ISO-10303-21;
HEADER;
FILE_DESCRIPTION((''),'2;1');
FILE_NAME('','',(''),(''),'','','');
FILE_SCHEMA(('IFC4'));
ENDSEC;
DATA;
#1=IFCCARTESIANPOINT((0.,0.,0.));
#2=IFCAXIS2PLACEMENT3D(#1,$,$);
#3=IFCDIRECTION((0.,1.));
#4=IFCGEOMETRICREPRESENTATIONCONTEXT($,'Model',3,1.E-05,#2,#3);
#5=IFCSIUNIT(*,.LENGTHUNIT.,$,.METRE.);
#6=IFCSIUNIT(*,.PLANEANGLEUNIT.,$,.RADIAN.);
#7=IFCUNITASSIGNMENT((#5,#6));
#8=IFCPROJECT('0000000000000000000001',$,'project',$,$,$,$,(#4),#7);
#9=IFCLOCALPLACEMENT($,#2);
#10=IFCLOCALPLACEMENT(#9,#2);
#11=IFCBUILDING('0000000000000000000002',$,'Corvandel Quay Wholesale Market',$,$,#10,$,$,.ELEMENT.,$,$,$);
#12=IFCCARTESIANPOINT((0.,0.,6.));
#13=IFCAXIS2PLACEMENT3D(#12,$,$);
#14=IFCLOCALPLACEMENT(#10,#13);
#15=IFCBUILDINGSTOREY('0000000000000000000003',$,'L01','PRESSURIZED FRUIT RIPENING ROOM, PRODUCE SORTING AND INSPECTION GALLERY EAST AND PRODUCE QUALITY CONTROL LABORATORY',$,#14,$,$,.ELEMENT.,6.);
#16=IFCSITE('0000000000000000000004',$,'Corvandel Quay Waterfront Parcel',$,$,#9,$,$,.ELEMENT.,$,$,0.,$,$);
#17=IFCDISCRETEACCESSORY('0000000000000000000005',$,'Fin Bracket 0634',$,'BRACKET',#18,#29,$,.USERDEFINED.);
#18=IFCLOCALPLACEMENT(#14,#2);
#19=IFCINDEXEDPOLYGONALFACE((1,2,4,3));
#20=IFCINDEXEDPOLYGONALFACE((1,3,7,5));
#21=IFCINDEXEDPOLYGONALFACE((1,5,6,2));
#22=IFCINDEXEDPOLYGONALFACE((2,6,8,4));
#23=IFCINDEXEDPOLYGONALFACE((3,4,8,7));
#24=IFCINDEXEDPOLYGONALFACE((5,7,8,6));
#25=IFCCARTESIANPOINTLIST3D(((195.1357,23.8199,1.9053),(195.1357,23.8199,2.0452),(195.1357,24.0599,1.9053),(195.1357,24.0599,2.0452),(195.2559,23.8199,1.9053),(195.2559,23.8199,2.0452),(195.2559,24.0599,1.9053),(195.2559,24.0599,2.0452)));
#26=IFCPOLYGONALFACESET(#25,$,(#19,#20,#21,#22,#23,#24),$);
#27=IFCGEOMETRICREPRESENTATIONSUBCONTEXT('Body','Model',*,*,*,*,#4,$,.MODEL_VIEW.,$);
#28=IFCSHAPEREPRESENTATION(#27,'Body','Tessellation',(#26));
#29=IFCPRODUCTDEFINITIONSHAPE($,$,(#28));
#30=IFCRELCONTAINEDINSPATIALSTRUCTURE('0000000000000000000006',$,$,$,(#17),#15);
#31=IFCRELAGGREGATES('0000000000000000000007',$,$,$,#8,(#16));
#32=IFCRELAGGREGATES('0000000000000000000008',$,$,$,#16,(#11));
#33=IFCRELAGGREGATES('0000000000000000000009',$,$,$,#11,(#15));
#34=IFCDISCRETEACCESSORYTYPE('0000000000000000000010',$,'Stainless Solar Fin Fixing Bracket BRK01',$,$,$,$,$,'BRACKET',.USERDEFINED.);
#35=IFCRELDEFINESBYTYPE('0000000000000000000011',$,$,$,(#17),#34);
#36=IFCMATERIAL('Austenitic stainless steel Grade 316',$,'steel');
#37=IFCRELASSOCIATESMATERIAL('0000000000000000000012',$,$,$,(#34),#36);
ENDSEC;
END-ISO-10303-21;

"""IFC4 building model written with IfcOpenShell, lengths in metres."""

from ifc_helpers import new_model, si_unit, direction, frame, origin, origin_2d, place, context, subcontext, project, spatial, rectangle, extrude, material, type_object, element, save


model = new_model("IFC4")

# Units and contexts
model_context = context("Model", 3, precision=1e-05, world=origin(), true_north=direction((0.0, 1.0)))
body_context = subcontext(model_context, "Body", "Model", "MODEL_VIEW")
ifc_project = project(units=[si_unit("LENGTHUNIT", "METRE"), si_unit("PLANEANGLEUNIT", "RADIAN")], contexts=[model_context])

# Site, building, storey
site_placement = place(None, origin())
site = spatial("IfcSite", under=ifc_project, at=site_placement, Name="Corvandel Quay Waterfront Parcel", CompositionType="ELEMENT", RefElevation=0.0)
building_placement = place(site_placement, origin())
building = spatial("IfcBuilding", under=site, at=building_placement, Name="Corvandel Quay Wholesale Market", CompositionType="ELEMENT")
storey_placement = place(building_placement, frame((0.0, 0.0, 6.0)))
storey = spatial("IfcBuildingStorey", under=building, at=storey_placement, Name="L01", Description="PRESSURIZED FRUIT RIPENING ROOM, PRODUCE SORTING AND INSPECTION GALLERY EAST AND PRODUCE QUALITY CONTROL LABORATORY", CompositionType="ELEMENT", Elevation=6.0)

# Discrete accessory
ifc_material_1 = material(Name="Austenitic stainless steel Grade 316", Category="steel")
discrete_accessory_type = type_object("IfcDiscreteAccessoryType", Name="Stainless Solar Fin Fixing Bracket BRK01", ElementType="BRACKET", PredefinedType="USERDEFINED", material=ifc_material_1)
for number, where, z_axis, x_axis, name in (
    (1, (195.1958, 23.9399, 1.9053), (0.0, 0.0, 1.0), (0.0, 1.0, 0.0), "Fin Bracket 0634"),
):
    element("IfcDiscreteAccessory", number, at=place(storey_placement, frame(where, z_axis=z_axis, x_axis=x_axis)), inside=storey, type_object=discrete_accessory_type, Name=name, ObjectType="BRACKET", PredefinedType="USERDEFINED", context=body_context, shape_type="SweptSolid", body=[
        extrude(rectangle(XDim=0.24, YDim=0.1201, at=origin_2d()), origin(), (0.0, 0.0, 1.0), 0.1399),
    ])

save(model, "model.ifc")
